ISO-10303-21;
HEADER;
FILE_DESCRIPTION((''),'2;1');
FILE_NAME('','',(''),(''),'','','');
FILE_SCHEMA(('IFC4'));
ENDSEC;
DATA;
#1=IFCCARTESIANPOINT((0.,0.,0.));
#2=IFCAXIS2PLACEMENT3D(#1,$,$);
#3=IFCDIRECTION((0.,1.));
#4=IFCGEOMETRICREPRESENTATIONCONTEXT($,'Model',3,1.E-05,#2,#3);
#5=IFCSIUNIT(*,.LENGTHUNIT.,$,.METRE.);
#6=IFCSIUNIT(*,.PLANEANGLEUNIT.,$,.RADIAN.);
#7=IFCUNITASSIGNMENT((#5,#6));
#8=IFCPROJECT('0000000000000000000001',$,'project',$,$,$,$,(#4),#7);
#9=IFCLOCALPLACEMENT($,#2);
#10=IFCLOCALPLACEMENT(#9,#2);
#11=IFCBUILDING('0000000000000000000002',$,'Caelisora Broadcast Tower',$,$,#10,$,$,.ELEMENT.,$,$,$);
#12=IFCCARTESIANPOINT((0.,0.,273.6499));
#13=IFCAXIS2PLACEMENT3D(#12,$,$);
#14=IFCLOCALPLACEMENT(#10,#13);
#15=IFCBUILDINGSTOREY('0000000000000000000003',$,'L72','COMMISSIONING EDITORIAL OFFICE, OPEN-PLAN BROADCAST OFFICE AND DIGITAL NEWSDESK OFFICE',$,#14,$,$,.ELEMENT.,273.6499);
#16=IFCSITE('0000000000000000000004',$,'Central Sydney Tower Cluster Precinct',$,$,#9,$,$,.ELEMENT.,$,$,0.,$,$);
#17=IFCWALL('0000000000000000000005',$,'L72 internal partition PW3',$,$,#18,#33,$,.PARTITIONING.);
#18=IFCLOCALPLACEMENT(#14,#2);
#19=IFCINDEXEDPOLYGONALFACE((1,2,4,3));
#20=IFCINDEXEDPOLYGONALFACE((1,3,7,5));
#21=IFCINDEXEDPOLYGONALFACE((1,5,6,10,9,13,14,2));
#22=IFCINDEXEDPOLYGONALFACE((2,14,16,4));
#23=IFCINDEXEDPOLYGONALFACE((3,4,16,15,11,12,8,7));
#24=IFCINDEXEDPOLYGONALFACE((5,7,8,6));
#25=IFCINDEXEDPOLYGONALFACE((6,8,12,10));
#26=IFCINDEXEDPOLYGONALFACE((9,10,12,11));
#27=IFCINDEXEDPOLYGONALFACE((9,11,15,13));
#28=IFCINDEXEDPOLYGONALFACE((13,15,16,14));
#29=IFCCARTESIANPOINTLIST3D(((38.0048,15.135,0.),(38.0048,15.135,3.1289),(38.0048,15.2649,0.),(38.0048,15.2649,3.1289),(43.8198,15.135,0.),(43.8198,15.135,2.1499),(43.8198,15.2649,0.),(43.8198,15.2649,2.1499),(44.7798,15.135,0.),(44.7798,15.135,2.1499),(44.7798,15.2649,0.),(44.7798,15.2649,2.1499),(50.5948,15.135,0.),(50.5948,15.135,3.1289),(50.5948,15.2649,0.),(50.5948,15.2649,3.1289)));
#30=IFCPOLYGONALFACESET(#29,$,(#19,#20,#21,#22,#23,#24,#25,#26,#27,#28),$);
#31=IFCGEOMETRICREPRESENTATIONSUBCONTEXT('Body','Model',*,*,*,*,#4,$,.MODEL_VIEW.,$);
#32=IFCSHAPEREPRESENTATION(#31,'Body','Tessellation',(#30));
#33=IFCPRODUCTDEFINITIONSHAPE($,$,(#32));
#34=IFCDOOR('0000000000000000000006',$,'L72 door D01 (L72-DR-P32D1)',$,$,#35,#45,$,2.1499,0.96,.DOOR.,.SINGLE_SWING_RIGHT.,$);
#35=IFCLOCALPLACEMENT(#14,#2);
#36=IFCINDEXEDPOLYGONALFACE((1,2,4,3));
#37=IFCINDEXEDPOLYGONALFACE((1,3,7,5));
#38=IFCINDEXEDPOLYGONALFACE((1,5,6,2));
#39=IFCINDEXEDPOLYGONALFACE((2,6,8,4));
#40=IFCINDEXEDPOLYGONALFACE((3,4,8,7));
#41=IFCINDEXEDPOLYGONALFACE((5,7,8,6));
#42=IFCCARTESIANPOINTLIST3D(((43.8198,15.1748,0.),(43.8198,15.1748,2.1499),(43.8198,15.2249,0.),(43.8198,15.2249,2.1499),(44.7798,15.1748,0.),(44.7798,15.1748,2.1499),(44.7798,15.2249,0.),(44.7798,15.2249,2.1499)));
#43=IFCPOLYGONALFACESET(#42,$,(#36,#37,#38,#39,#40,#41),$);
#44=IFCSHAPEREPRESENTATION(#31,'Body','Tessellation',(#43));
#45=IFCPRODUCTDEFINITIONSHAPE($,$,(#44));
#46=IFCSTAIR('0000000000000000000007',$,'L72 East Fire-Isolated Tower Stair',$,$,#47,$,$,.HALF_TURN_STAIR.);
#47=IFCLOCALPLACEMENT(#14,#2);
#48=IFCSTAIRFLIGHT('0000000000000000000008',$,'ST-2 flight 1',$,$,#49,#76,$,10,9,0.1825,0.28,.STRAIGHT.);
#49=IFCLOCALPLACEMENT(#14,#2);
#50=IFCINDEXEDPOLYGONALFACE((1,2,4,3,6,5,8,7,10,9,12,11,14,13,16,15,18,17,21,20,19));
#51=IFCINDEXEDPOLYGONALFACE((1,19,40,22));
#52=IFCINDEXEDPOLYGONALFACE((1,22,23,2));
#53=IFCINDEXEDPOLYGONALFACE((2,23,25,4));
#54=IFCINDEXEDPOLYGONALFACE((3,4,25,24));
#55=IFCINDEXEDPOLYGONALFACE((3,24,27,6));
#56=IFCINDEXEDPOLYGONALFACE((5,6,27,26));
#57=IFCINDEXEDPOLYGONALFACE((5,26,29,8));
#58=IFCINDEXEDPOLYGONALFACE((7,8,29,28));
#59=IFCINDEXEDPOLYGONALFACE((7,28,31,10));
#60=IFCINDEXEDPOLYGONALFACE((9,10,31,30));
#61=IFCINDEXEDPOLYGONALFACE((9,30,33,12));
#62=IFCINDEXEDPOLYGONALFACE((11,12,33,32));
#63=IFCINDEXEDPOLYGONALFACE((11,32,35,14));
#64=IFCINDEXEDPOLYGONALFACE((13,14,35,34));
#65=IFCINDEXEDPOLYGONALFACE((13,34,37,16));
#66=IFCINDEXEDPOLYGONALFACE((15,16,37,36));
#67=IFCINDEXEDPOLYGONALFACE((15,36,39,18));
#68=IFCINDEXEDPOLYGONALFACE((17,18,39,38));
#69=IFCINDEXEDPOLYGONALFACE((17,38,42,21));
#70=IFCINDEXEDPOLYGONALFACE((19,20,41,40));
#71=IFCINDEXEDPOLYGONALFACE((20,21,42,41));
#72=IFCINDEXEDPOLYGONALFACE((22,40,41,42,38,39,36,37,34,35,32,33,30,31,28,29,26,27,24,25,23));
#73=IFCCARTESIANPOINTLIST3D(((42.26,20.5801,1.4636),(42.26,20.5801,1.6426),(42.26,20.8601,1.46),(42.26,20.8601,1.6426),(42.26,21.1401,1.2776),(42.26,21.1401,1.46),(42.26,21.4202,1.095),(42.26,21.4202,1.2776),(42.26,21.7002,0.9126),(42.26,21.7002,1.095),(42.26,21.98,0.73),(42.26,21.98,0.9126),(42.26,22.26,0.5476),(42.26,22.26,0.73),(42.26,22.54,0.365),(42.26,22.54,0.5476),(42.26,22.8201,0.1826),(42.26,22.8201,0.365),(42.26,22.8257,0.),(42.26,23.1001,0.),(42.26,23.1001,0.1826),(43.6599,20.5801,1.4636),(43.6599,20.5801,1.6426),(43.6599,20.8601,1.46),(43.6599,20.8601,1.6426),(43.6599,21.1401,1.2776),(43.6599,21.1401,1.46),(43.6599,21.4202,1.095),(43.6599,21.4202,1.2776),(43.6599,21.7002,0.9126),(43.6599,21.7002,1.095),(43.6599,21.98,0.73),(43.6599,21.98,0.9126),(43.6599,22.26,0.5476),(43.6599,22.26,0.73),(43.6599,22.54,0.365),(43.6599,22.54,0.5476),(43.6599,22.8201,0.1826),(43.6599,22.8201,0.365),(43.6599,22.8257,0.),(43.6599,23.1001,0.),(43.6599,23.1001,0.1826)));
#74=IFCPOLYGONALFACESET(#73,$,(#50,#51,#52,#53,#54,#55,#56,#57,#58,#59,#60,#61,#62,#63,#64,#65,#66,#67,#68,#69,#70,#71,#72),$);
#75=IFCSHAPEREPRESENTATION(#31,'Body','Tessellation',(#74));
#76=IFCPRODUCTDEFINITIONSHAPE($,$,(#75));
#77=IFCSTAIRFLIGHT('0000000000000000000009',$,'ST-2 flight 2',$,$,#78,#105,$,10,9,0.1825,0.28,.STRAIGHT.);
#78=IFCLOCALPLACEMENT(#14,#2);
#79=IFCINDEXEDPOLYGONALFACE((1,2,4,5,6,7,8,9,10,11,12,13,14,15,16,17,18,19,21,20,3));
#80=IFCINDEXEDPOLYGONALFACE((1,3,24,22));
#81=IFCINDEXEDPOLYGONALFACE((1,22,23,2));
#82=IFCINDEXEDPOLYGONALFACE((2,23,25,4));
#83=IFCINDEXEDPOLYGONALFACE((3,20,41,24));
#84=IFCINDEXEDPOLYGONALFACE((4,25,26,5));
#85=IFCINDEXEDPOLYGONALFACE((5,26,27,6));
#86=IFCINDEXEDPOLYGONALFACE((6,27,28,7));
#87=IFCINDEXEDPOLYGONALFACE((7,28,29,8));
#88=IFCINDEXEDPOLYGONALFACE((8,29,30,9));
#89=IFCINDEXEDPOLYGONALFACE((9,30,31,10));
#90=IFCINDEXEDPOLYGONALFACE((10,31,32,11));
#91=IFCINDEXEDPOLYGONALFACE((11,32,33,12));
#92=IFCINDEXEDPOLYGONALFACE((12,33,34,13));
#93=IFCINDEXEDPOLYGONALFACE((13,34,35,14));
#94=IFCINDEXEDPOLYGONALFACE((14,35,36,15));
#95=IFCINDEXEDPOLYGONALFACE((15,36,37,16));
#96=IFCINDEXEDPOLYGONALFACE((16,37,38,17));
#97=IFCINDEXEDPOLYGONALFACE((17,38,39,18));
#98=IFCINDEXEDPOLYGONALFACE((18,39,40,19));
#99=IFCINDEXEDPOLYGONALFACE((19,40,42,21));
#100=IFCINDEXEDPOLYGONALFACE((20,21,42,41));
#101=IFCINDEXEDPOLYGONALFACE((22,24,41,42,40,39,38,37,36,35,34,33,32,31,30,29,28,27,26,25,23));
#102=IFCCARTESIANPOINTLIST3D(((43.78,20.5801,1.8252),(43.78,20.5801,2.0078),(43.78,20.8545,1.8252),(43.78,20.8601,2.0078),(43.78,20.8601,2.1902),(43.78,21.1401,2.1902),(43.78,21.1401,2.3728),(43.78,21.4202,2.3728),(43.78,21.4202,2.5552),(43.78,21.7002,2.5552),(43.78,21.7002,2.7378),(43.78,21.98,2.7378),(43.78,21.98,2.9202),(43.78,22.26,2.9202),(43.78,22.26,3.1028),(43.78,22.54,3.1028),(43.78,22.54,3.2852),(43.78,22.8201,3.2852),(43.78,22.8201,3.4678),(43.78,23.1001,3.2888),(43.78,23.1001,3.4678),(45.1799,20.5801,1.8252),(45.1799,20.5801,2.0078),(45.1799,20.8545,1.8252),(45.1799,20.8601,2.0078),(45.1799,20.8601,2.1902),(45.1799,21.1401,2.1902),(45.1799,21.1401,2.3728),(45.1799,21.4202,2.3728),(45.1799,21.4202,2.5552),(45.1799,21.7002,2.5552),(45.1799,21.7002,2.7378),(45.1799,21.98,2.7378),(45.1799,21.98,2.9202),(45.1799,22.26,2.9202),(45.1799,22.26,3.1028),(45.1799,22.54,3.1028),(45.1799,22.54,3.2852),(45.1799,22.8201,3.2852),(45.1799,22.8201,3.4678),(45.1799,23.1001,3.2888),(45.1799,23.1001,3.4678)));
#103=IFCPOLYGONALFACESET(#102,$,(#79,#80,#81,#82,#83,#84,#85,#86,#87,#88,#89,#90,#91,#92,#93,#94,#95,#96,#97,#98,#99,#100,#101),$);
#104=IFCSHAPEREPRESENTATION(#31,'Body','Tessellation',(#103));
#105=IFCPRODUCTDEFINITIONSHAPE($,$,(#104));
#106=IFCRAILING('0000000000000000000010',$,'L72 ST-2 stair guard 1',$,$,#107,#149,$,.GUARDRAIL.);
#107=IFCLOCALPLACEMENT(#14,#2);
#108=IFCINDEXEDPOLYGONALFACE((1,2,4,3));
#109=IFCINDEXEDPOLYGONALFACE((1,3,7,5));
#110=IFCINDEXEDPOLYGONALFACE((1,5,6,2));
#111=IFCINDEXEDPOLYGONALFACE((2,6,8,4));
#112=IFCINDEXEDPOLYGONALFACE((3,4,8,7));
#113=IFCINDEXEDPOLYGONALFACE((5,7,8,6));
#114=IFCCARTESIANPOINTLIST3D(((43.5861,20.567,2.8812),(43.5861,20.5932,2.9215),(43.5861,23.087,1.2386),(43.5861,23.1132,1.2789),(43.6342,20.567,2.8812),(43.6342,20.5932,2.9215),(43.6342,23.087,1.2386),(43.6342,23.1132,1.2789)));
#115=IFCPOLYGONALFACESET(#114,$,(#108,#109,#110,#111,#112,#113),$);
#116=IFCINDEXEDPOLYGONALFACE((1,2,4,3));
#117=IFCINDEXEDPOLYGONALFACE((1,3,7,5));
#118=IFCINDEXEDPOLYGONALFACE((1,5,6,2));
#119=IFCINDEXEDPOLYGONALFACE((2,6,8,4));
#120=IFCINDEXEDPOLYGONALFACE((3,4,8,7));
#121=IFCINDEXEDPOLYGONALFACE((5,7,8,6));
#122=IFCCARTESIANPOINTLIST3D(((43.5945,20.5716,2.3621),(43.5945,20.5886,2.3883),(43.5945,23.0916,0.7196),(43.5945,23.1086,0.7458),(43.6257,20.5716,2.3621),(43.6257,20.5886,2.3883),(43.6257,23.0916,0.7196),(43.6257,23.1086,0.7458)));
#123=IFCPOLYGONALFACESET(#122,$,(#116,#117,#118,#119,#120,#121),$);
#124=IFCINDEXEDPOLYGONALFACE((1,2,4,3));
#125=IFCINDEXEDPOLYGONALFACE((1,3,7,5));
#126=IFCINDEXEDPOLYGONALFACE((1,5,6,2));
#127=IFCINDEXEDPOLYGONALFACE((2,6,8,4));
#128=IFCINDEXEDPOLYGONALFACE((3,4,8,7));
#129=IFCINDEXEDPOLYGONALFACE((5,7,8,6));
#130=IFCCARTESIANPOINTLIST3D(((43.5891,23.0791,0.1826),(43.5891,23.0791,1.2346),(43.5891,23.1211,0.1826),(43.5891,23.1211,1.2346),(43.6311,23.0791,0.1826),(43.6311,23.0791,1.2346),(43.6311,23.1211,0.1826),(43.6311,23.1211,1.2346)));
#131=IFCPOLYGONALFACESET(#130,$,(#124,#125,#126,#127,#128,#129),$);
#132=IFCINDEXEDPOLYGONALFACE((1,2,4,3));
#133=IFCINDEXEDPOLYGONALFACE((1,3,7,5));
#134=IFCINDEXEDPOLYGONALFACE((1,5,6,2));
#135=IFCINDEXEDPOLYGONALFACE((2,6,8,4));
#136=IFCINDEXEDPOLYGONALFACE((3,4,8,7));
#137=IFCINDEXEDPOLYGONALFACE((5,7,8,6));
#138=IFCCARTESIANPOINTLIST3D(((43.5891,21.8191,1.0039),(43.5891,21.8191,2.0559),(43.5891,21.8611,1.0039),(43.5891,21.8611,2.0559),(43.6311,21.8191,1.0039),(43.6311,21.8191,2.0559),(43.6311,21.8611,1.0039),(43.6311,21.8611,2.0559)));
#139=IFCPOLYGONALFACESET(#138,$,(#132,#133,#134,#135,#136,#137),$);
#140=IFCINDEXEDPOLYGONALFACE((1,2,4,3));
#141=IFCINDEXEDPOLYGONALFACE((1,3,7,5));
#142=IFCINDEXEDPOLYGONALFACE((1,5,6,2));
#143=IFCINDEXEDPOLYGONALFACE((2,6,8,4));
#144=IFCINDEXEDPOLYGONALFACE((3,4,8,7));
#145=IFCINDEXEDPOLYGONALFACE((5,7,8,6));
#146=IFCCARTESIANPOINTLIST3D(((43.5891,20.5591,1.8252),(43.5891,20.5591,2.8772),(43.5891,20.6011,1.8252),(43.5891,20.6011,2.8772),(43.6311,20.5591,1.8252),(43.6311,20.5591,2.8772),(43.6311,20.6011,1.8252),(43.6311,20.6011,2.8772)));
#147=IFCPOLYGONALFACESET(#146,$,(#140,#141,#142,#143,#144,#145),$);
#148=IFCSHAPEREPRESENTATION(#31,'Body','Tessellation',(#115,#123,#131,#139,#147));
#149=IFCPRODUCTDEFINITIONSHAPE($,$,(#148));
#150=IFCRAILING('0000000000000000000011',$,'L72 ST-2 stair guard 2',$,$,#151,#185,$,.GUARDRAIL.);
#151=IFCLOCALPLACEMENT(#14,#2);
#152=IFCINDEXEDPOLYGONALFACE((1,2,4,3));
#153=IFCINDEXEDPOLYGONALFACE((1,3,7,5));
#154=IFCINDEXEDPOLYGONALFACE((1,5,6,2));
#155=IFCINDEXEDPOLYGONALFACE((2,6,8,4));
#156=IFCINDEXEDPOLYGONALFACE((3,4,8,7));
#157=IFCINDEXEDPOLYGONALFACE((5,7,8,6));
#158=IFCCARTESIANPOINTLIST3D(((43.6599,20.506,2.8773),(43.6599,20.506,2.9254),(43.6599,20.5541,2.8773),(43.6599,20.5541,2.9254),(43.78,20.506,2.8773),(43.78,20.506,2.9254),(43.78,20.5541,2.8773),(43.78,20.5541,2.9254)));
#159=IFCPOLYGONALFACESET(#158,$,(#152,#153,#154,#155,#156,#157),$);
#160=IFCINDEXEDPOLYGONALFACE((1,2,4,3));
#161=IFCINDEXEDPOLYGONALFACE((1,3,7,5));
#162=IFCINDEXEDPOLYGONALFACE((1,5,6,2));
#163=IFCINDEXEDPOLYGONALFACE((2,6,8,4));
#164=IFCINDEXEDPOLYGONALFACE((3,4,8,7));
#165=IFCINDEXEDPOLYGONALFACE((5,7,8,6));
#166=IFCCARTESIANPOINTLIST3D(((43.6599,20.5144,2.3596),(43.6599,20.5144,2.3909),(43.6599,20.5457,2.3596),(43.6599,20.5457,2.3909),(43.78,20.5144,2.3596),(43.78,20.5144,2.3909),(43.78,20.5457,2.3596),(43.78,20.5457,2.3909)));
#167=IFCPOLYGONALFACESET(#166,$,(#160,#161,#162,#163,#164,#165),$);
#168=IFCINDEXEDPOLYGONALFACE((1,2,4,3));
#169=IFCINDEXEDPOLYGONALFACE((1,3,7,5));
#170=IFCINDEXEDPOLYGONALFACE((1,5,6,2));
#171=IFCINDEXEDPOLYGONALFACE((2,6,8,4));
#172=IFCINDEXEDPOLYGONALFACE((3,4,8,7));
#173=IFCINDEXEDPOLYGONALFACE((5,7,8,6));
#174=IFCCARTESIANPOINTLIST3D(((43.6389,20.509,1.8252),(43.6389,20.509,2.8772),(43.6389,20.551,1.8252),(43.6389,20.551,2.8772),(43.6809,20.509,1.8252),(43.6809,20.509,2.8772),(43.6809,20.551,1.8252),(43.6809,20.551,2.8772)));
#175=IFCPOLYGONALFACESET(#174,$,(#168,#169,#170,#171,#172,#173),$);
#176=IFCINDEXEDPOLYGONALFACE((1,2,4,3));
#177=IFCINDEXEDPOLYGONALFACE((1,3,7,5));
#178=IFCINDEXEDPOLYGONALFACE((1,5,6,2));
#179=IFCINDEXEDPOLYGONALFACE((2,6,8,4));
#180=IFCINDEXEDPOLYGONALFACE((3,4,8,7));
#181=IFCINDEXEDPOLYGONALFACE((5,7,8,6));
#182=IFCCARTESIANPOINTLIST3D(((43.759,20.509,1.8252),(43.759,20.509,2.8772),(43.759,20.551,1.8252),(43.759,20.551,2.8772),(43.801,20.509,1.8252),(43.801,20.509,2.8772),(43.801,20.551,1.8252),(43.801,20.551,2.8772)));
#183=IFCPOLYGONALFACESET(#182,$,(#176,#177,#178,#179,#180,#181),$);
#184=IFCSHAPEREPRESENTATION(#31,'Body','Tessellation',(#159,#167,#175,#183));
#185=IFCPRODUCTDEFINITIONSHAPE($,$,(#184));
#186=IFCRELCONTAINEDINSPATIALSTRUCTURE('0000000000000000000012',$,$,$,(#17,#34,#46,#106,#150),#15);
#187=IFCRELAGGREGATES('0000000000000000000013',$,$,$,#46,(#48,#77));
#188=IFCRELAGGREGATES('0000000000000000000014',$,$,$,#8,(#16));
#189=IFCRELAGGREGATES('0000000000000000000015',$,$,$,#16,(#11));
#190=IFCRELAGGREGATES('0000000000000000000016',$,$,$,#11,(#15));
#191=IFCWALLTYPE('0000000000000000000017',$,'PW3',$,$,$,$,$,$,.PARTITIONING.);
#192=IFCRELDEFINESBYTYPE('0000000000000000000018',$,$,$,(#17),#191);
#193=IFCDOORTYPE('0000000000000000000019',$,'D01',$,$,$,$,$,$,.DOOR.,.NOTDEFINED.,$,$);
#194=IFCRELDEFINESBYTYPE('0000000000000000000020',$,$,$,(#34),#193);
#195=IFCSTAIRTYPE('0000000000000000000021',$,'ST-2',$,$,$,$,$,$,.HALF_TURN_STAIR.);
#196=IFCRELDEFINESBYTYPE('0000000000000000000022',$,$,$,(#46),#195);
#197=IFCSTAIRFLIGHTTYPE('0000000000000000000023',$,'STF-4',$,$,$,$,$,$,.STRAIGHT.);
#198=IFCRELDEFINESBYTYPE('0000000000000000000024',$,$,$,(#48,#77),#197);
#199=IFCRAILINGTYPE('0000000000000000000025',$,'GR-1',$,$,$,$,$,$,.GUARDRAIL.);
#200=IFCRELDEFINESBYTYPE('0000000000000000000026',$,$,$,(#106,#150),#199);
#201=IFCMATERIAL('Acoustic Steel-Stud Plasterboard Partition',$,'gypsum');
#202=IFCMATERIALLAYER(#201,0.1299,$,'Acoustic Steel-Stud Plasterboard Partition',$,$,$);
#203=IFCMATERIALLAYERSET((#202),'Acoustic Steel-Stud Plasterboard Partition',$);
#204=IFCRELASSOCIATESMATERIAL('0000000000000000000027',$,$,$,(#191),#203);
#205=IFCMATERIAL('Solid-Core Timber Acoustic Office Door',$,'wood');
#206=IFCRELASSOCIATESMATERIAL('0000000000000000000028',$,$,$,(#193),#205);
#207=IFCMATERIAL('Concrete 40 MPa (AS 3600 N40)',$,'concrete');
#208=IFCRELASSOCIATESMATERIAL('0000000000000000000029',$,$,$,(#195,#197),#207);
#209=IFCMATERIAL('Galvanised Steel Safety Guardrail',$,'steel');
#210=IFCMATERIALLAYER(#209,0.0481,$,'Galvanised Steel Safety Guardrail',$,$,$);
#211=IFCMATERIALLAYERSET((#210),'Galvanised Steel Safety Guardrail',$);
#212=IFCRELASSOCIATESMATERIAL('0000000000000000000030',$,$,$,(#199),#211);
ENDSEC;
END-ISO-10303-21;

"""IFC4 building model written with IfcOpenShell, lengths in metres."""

from ifc_helpers import new_model, si_unit, direction, frame, frame_2d, origin, origin_2d, place, context, subcontext, project, spatial, polyline, rectangle, outline, extrude, material, layer, layer_set, type_object, element, fill, aggregate, save


model = new_model("IFC4")

# Units and contexts
model_context = context("Model", 3, precision=1e-05, world=origin(), true_north=direction((0.0, 1.0)))
body_context = subcontext(model_context, "Body", "Model", "MODEL_VIEW")
ifc_project = project(units=[si_unit("LENGTHUNIT", "METRE"), si_unit("PLANEANGLEUNIT", "RADIAN")], contexts=[model_context])

# Site, building, storey
site_placement = place(None, origin())
site = spatial("IfcSite", under=ifc_project, at=site_placement, Name="Central Sydney Tower Cluster Precinct", CompositionType="ELEMENT", RefElevation=0.0)
building_placement = place(site_placement, origin())
building = spatial("IfcBuilding", under=site, at=building_placement, Name="Caelisora Broadcast Tower", CompositionType="ELEMENT")
storey_placement = place(building_placement, frame((0.0, 0.0, 273.6499)))
storey = spatial("IfcBuildingStorey", under=building, at=storey_placement, Name="L72", Description="COMMISSIONING EDITORIAL OFFICE, OPEN-PLAN BROADCAST OFFICE AND DIGITAL NEWSDESK OFFICE", CompositionType="ELEMENT", Elevation=273.6499)

# Shared definitions
ifc_material_1 = material(Name="Concrete 40 MPa (AS 3600 N40)", Category="concrete")

# Shared definitions
ifc_material_2 = material(Name="Acoustic Steel-Stud Plasterboard Partition", Category="gypsum")
ifc_layer_1 = layer(ifc_material_2, 0.1299, Name="Acoustic Steel-Stud Plasterboard Partition")
ifc_layer_set_1 = layer_set([ifc_layer_1], Name="Acoustic Steel-Stud Plasterboard Partition")
wall_type_1 = type_object("IfcWallType", Name="PW3", PredefinedType="PARTITIONING", material=ifc_layer_set_1)

# Wall, opening, door
wall_1_placement = place(storey_placement, frame((38.0049, 15.2, 0.0), z_axis=(0.0, 0.0, 1.0), x_axis=(1.0, 0.0, 0.0)))
wall_1 = element("IfcWall", 1, at=wall_1_placement, inside=storey, type_object=wall_type_1, Name="L72 internal partition PW3", PredefinedType="PARTITIONING", context=body_context, shape_type="SweptSolid", body=[
    extrude(rectangle(XDim=12.5901, YDim=0.1299, at=frame_2d((6.2949, 0.0))), origin(), (0.0, 0.0, 1.0), 3.1289),
])
opening_1_placement = place(wall_1_placement, frame((5.8149, 0.0, 0.0)))
opening_1 = element("IfcOpeningElement", 2, at=opening_1_placement, cuts=wall_1, PredefinedType="OPENING", context=body_context, shape_type="SweptSolid", body=[
    extrude(rectangle(XDim=0.96, YDim=2.1499, at=frame_2d((0.48, 1.075))), frame((0.0, 0.0769, 0.0), z_axis=(0.0, -1.0, 0.0), x_axis=(1.0, 0.0, 0.0)), (0.0, 0.0, 1.0), 0.1538),
])
ifc_material_3 = material(Name="Solid-Core Timber Acoustic Office Door", Category="wood")
door_type_1 = type_object("IfcDoorType", Name="D01", OperationType="NOTDEFINED", PredefinedType="DOOR", material=ifc_material_3)
door_1_placement = place(opening_1_placement, origin())
door_1 = element("IfcDoor", 3, at=door_1_placement, inside=storey, type_object=door_type_1, Name="L72 door D01 (L72-DR-P32D1)", OperationType="SINGLE_SWING_RIGHT", OverallHeight=2.1499, OverallWidth=0.96, PredefinedType="DOOR", context=body_context, shape_type="SweptSolid", body=[
    extrude(rectangle(XDim=0.96, YDim=2.1499, at=frame_2d((0.48, 1.075))), frame((0.0, 0.0249, 0.0), z_axis=(0.0, -1.0, 0.0), x_axis=(1.0, 0.0, 0.0)), (0.0, 0.0, 1.0), 0.05),
])
fill(opening_1, door_1)

# Stair, stair flights
stair_type = type_object("IfcStairType", Name="ST-2", PredefinedType="HALF_TURN_STAIR", material=ifc_material_1)
stair_placement = place(storey_placement, origin())
stair = element("IfcStair", 4, at=stair_placement, inside=storey, type_object=stair_type, Name="L72 East Fire-Isolated Tower Stair", PredefinedType="HALF_TURN_STAIR")
stair_flight_type = type_object("IfcStairFlightType", Name="STF-4", PredefinedType="STRAIGHT", material=ifc_material_1)
stair_flight_1_placement = place(storey_placement, frame((42.96, 23.1001, 0.0), z_axis=(0.0, 0.0, 1.0), x_axis=(0.0, -1.0, 0.0)))
stair_flight_1 = element("IfcStairFlight", 5, at=stair_flight_1_placement, type_object=stair_flight_type, Name="ST-2 flight 1", NumberOfRisers=10, NumberOfTreads=9, PredefinedType="STRAIGHT", RiserHeight=0.1825, TreadLength=0.28, context=body_context, shape_type="SweptSolid", body=[
    extrude(outline(polyline([(0.0, 0.0), (0.0, 0.1826), (0.28, 0.1826), (0.28, 0.365), (0.5601, 0.365), (0.5601, 0.5476), (0.8401, 0.5476), (0.8401, 0.73), (1.1201, 0.73), (1.1201, 0.9126), (1.3999, 0.9126), (1.3999, 1.095), (1.6799, 1.095), (1.6799, 1.2776), (1.96, 1.2776), (1.96, 1.46), (2.24, 1.46), (2.24, 1.6426), (2.52, 1.6426), (2.52, 1.825), (2.52, 1.4636), (0.2744, 0.0), (0.0, 0.0)])), frame((0.0, 0.7, 0.0), z_axis=(0.0, -1.0, 0.0), x_axis=(1.0, 0.0, 0.0)), (0.0, 0.0, 1.0), 1.3999),
])
stair_flight_2_placement = place(storey_placement, frame((44.48, 20.5801, 1.8252), z_axis=(0.0, 0.0, 1.0), x_axis=(0.0, 1.0, 0.0)))
stair_flight_2 = element("IfcStairFlight", 6, at=stair_flight_2_placement, type_object=stair_flight_type, Name="ST-2 flight 2", NumberOfRisers=10, NumberOfTreads=9, PredefinedType="STRAIGHT", RiserHeight=0.1825, TreadLength=0.28, context=body_context, shape_type="SweptSolid", body=[
    extrude(outline(polyline([(0.0, 0.0), (0.0, 0.1826), (0.28, 0.1826), (0.28, 0.365), (0.5601, 0.365), (0.5601, 0.5476), (0.8401, 0.5476), (0.8401, 0.73), (1.1201, 0.73), (1.1201, 0.9126), (1.3999, 0.9126), (1.3999, 1.095), (1.6799, 1.095), (1.6799, 1.2776), (1.96, 1.2776), (1.96, 1.46), (2.24, 1.46), (2.24, 1.6426), (2.52, 1.6426), (2.52, 1.825), (2.52, 1.4636), (0.2744, 0.0), (0.0, 0.0)])), frame((0.0, 0.7, 0.0), z_axis=(0.0, -1.0, 0.0), x_axis=(1.0, 0.0, 0.0)), (0.0, 0.0, 1.0), 1.3999),
])
aggregate(stair, [stair_flight_1, stair_flight_2])

# Railings
ifc_material_4 = material(Name="Galvanised Steel Safety Guardrail", Category="steel")
ifc_layer_2 = layer(ifc_material_4, 0.0481, Name="Galvanised Steel Safety Guardrail")
ifc_layer_set_2 = layer_set([ifc_layer_2], Name="Galvanised Steel Safety Guardrail")
railing_type_1 = type_object("IfcRailingType", Name="GR-1", PredefinedType="GUARDRAIL", material=ifc_layer_set_2)
railing_1_placement = place(storey_placement, frame((43.6101, 23.1001, 0.1826)))
element("IfcRailing", 7, at=railing_1_placement, inside=storey, type_object=railing_type_1, Name="L72 ST-2 stair guard 1", PredefinedType="GUARDRAIL", context=body_context, shape_type="SweptSolid", body=[
    extrude(rectangle(XDim=0.0481, YDim=0.0481, at=origin_2d()), frame((0.0, 0.0, 1.0762), z_axis=(0.0, -0.837749, 0.546055), x_axis=(1.0, 0.0, 0.0)), (0.0, 0.0, 1.0), 3.0081),
    extrude(rectangle(XDim=0.0312, YDim=0.0312, at=origin_2d()), frame((0.0, 0.0, 0.55), z_axis=(0.0, -0.837749, 0.546055), x_axis=(1.0, 0.0, 0.0)), (0.0, 0.0, 1.0), 3.0081),
    extrude(rectangle(XDim=0.042, YDim=0.042, at=origin_2d()), origin(), (0.0, 0.0, 1.0), 1.052),
    extrude(rectangle(XDim=0.042, YDim=0.042, at=origin_2d()), frame((0.0, -1.26, 0.8213)), (0.0, 0.0, 1.0), 1.052),
    extrude(rectangle(XDim=0.042, YDim=0.042, at=origin_2d()), frame((0.0, -2.52, 1.6426)), (0.0, 0.0, 1.0), 1.052),
])
railing_2_placement = place(storey_placement, frame((43.6599, 20.53, 1.8252)))
element("IfcRailing", 8, at=railing_2_placement, inside=storey, type_object=railing_type_1, Name="L72 ST-2 stair guard 2", PredefinedType="GUARDRAIL", context=body_context, shape_type="SweptSolid", body=[
    extrude(rectangle(XDim=0.0481, YDim=0.0481, at=origin_2d()), frame((0.0, 0.0, 1.0762), z_axis=(1.0, 0.0, 0.0), x_axis=(0.0, 1.0, 0.0)), (0.0, 0.0, 1.0), 0.1201),
    extrude(rectangle(XDim=0.0312, YDim=0.0312, at=origin_2d()), frame((0.0, 0.0, 0.55), z_axis=(1.0, 0.0, 0.0), x_axis=(0.0, 1.0, 0.0)), (0.0, 0.0, 1.0), 0.1201),
    extrude(rectangle(XDim=0.042, YDim=0.042, at=origin_2d()), origin(), (0.0, 0.0, 1.0), 1.052),
    extrude(rectangle(XDim=0.042, YDim=0.042, at=origin_2d()), frame((0.1201, 0.0, 0.0)), (0.0, 0.0, 1.0), 1.052),
])

save(model, "model.ifc")
